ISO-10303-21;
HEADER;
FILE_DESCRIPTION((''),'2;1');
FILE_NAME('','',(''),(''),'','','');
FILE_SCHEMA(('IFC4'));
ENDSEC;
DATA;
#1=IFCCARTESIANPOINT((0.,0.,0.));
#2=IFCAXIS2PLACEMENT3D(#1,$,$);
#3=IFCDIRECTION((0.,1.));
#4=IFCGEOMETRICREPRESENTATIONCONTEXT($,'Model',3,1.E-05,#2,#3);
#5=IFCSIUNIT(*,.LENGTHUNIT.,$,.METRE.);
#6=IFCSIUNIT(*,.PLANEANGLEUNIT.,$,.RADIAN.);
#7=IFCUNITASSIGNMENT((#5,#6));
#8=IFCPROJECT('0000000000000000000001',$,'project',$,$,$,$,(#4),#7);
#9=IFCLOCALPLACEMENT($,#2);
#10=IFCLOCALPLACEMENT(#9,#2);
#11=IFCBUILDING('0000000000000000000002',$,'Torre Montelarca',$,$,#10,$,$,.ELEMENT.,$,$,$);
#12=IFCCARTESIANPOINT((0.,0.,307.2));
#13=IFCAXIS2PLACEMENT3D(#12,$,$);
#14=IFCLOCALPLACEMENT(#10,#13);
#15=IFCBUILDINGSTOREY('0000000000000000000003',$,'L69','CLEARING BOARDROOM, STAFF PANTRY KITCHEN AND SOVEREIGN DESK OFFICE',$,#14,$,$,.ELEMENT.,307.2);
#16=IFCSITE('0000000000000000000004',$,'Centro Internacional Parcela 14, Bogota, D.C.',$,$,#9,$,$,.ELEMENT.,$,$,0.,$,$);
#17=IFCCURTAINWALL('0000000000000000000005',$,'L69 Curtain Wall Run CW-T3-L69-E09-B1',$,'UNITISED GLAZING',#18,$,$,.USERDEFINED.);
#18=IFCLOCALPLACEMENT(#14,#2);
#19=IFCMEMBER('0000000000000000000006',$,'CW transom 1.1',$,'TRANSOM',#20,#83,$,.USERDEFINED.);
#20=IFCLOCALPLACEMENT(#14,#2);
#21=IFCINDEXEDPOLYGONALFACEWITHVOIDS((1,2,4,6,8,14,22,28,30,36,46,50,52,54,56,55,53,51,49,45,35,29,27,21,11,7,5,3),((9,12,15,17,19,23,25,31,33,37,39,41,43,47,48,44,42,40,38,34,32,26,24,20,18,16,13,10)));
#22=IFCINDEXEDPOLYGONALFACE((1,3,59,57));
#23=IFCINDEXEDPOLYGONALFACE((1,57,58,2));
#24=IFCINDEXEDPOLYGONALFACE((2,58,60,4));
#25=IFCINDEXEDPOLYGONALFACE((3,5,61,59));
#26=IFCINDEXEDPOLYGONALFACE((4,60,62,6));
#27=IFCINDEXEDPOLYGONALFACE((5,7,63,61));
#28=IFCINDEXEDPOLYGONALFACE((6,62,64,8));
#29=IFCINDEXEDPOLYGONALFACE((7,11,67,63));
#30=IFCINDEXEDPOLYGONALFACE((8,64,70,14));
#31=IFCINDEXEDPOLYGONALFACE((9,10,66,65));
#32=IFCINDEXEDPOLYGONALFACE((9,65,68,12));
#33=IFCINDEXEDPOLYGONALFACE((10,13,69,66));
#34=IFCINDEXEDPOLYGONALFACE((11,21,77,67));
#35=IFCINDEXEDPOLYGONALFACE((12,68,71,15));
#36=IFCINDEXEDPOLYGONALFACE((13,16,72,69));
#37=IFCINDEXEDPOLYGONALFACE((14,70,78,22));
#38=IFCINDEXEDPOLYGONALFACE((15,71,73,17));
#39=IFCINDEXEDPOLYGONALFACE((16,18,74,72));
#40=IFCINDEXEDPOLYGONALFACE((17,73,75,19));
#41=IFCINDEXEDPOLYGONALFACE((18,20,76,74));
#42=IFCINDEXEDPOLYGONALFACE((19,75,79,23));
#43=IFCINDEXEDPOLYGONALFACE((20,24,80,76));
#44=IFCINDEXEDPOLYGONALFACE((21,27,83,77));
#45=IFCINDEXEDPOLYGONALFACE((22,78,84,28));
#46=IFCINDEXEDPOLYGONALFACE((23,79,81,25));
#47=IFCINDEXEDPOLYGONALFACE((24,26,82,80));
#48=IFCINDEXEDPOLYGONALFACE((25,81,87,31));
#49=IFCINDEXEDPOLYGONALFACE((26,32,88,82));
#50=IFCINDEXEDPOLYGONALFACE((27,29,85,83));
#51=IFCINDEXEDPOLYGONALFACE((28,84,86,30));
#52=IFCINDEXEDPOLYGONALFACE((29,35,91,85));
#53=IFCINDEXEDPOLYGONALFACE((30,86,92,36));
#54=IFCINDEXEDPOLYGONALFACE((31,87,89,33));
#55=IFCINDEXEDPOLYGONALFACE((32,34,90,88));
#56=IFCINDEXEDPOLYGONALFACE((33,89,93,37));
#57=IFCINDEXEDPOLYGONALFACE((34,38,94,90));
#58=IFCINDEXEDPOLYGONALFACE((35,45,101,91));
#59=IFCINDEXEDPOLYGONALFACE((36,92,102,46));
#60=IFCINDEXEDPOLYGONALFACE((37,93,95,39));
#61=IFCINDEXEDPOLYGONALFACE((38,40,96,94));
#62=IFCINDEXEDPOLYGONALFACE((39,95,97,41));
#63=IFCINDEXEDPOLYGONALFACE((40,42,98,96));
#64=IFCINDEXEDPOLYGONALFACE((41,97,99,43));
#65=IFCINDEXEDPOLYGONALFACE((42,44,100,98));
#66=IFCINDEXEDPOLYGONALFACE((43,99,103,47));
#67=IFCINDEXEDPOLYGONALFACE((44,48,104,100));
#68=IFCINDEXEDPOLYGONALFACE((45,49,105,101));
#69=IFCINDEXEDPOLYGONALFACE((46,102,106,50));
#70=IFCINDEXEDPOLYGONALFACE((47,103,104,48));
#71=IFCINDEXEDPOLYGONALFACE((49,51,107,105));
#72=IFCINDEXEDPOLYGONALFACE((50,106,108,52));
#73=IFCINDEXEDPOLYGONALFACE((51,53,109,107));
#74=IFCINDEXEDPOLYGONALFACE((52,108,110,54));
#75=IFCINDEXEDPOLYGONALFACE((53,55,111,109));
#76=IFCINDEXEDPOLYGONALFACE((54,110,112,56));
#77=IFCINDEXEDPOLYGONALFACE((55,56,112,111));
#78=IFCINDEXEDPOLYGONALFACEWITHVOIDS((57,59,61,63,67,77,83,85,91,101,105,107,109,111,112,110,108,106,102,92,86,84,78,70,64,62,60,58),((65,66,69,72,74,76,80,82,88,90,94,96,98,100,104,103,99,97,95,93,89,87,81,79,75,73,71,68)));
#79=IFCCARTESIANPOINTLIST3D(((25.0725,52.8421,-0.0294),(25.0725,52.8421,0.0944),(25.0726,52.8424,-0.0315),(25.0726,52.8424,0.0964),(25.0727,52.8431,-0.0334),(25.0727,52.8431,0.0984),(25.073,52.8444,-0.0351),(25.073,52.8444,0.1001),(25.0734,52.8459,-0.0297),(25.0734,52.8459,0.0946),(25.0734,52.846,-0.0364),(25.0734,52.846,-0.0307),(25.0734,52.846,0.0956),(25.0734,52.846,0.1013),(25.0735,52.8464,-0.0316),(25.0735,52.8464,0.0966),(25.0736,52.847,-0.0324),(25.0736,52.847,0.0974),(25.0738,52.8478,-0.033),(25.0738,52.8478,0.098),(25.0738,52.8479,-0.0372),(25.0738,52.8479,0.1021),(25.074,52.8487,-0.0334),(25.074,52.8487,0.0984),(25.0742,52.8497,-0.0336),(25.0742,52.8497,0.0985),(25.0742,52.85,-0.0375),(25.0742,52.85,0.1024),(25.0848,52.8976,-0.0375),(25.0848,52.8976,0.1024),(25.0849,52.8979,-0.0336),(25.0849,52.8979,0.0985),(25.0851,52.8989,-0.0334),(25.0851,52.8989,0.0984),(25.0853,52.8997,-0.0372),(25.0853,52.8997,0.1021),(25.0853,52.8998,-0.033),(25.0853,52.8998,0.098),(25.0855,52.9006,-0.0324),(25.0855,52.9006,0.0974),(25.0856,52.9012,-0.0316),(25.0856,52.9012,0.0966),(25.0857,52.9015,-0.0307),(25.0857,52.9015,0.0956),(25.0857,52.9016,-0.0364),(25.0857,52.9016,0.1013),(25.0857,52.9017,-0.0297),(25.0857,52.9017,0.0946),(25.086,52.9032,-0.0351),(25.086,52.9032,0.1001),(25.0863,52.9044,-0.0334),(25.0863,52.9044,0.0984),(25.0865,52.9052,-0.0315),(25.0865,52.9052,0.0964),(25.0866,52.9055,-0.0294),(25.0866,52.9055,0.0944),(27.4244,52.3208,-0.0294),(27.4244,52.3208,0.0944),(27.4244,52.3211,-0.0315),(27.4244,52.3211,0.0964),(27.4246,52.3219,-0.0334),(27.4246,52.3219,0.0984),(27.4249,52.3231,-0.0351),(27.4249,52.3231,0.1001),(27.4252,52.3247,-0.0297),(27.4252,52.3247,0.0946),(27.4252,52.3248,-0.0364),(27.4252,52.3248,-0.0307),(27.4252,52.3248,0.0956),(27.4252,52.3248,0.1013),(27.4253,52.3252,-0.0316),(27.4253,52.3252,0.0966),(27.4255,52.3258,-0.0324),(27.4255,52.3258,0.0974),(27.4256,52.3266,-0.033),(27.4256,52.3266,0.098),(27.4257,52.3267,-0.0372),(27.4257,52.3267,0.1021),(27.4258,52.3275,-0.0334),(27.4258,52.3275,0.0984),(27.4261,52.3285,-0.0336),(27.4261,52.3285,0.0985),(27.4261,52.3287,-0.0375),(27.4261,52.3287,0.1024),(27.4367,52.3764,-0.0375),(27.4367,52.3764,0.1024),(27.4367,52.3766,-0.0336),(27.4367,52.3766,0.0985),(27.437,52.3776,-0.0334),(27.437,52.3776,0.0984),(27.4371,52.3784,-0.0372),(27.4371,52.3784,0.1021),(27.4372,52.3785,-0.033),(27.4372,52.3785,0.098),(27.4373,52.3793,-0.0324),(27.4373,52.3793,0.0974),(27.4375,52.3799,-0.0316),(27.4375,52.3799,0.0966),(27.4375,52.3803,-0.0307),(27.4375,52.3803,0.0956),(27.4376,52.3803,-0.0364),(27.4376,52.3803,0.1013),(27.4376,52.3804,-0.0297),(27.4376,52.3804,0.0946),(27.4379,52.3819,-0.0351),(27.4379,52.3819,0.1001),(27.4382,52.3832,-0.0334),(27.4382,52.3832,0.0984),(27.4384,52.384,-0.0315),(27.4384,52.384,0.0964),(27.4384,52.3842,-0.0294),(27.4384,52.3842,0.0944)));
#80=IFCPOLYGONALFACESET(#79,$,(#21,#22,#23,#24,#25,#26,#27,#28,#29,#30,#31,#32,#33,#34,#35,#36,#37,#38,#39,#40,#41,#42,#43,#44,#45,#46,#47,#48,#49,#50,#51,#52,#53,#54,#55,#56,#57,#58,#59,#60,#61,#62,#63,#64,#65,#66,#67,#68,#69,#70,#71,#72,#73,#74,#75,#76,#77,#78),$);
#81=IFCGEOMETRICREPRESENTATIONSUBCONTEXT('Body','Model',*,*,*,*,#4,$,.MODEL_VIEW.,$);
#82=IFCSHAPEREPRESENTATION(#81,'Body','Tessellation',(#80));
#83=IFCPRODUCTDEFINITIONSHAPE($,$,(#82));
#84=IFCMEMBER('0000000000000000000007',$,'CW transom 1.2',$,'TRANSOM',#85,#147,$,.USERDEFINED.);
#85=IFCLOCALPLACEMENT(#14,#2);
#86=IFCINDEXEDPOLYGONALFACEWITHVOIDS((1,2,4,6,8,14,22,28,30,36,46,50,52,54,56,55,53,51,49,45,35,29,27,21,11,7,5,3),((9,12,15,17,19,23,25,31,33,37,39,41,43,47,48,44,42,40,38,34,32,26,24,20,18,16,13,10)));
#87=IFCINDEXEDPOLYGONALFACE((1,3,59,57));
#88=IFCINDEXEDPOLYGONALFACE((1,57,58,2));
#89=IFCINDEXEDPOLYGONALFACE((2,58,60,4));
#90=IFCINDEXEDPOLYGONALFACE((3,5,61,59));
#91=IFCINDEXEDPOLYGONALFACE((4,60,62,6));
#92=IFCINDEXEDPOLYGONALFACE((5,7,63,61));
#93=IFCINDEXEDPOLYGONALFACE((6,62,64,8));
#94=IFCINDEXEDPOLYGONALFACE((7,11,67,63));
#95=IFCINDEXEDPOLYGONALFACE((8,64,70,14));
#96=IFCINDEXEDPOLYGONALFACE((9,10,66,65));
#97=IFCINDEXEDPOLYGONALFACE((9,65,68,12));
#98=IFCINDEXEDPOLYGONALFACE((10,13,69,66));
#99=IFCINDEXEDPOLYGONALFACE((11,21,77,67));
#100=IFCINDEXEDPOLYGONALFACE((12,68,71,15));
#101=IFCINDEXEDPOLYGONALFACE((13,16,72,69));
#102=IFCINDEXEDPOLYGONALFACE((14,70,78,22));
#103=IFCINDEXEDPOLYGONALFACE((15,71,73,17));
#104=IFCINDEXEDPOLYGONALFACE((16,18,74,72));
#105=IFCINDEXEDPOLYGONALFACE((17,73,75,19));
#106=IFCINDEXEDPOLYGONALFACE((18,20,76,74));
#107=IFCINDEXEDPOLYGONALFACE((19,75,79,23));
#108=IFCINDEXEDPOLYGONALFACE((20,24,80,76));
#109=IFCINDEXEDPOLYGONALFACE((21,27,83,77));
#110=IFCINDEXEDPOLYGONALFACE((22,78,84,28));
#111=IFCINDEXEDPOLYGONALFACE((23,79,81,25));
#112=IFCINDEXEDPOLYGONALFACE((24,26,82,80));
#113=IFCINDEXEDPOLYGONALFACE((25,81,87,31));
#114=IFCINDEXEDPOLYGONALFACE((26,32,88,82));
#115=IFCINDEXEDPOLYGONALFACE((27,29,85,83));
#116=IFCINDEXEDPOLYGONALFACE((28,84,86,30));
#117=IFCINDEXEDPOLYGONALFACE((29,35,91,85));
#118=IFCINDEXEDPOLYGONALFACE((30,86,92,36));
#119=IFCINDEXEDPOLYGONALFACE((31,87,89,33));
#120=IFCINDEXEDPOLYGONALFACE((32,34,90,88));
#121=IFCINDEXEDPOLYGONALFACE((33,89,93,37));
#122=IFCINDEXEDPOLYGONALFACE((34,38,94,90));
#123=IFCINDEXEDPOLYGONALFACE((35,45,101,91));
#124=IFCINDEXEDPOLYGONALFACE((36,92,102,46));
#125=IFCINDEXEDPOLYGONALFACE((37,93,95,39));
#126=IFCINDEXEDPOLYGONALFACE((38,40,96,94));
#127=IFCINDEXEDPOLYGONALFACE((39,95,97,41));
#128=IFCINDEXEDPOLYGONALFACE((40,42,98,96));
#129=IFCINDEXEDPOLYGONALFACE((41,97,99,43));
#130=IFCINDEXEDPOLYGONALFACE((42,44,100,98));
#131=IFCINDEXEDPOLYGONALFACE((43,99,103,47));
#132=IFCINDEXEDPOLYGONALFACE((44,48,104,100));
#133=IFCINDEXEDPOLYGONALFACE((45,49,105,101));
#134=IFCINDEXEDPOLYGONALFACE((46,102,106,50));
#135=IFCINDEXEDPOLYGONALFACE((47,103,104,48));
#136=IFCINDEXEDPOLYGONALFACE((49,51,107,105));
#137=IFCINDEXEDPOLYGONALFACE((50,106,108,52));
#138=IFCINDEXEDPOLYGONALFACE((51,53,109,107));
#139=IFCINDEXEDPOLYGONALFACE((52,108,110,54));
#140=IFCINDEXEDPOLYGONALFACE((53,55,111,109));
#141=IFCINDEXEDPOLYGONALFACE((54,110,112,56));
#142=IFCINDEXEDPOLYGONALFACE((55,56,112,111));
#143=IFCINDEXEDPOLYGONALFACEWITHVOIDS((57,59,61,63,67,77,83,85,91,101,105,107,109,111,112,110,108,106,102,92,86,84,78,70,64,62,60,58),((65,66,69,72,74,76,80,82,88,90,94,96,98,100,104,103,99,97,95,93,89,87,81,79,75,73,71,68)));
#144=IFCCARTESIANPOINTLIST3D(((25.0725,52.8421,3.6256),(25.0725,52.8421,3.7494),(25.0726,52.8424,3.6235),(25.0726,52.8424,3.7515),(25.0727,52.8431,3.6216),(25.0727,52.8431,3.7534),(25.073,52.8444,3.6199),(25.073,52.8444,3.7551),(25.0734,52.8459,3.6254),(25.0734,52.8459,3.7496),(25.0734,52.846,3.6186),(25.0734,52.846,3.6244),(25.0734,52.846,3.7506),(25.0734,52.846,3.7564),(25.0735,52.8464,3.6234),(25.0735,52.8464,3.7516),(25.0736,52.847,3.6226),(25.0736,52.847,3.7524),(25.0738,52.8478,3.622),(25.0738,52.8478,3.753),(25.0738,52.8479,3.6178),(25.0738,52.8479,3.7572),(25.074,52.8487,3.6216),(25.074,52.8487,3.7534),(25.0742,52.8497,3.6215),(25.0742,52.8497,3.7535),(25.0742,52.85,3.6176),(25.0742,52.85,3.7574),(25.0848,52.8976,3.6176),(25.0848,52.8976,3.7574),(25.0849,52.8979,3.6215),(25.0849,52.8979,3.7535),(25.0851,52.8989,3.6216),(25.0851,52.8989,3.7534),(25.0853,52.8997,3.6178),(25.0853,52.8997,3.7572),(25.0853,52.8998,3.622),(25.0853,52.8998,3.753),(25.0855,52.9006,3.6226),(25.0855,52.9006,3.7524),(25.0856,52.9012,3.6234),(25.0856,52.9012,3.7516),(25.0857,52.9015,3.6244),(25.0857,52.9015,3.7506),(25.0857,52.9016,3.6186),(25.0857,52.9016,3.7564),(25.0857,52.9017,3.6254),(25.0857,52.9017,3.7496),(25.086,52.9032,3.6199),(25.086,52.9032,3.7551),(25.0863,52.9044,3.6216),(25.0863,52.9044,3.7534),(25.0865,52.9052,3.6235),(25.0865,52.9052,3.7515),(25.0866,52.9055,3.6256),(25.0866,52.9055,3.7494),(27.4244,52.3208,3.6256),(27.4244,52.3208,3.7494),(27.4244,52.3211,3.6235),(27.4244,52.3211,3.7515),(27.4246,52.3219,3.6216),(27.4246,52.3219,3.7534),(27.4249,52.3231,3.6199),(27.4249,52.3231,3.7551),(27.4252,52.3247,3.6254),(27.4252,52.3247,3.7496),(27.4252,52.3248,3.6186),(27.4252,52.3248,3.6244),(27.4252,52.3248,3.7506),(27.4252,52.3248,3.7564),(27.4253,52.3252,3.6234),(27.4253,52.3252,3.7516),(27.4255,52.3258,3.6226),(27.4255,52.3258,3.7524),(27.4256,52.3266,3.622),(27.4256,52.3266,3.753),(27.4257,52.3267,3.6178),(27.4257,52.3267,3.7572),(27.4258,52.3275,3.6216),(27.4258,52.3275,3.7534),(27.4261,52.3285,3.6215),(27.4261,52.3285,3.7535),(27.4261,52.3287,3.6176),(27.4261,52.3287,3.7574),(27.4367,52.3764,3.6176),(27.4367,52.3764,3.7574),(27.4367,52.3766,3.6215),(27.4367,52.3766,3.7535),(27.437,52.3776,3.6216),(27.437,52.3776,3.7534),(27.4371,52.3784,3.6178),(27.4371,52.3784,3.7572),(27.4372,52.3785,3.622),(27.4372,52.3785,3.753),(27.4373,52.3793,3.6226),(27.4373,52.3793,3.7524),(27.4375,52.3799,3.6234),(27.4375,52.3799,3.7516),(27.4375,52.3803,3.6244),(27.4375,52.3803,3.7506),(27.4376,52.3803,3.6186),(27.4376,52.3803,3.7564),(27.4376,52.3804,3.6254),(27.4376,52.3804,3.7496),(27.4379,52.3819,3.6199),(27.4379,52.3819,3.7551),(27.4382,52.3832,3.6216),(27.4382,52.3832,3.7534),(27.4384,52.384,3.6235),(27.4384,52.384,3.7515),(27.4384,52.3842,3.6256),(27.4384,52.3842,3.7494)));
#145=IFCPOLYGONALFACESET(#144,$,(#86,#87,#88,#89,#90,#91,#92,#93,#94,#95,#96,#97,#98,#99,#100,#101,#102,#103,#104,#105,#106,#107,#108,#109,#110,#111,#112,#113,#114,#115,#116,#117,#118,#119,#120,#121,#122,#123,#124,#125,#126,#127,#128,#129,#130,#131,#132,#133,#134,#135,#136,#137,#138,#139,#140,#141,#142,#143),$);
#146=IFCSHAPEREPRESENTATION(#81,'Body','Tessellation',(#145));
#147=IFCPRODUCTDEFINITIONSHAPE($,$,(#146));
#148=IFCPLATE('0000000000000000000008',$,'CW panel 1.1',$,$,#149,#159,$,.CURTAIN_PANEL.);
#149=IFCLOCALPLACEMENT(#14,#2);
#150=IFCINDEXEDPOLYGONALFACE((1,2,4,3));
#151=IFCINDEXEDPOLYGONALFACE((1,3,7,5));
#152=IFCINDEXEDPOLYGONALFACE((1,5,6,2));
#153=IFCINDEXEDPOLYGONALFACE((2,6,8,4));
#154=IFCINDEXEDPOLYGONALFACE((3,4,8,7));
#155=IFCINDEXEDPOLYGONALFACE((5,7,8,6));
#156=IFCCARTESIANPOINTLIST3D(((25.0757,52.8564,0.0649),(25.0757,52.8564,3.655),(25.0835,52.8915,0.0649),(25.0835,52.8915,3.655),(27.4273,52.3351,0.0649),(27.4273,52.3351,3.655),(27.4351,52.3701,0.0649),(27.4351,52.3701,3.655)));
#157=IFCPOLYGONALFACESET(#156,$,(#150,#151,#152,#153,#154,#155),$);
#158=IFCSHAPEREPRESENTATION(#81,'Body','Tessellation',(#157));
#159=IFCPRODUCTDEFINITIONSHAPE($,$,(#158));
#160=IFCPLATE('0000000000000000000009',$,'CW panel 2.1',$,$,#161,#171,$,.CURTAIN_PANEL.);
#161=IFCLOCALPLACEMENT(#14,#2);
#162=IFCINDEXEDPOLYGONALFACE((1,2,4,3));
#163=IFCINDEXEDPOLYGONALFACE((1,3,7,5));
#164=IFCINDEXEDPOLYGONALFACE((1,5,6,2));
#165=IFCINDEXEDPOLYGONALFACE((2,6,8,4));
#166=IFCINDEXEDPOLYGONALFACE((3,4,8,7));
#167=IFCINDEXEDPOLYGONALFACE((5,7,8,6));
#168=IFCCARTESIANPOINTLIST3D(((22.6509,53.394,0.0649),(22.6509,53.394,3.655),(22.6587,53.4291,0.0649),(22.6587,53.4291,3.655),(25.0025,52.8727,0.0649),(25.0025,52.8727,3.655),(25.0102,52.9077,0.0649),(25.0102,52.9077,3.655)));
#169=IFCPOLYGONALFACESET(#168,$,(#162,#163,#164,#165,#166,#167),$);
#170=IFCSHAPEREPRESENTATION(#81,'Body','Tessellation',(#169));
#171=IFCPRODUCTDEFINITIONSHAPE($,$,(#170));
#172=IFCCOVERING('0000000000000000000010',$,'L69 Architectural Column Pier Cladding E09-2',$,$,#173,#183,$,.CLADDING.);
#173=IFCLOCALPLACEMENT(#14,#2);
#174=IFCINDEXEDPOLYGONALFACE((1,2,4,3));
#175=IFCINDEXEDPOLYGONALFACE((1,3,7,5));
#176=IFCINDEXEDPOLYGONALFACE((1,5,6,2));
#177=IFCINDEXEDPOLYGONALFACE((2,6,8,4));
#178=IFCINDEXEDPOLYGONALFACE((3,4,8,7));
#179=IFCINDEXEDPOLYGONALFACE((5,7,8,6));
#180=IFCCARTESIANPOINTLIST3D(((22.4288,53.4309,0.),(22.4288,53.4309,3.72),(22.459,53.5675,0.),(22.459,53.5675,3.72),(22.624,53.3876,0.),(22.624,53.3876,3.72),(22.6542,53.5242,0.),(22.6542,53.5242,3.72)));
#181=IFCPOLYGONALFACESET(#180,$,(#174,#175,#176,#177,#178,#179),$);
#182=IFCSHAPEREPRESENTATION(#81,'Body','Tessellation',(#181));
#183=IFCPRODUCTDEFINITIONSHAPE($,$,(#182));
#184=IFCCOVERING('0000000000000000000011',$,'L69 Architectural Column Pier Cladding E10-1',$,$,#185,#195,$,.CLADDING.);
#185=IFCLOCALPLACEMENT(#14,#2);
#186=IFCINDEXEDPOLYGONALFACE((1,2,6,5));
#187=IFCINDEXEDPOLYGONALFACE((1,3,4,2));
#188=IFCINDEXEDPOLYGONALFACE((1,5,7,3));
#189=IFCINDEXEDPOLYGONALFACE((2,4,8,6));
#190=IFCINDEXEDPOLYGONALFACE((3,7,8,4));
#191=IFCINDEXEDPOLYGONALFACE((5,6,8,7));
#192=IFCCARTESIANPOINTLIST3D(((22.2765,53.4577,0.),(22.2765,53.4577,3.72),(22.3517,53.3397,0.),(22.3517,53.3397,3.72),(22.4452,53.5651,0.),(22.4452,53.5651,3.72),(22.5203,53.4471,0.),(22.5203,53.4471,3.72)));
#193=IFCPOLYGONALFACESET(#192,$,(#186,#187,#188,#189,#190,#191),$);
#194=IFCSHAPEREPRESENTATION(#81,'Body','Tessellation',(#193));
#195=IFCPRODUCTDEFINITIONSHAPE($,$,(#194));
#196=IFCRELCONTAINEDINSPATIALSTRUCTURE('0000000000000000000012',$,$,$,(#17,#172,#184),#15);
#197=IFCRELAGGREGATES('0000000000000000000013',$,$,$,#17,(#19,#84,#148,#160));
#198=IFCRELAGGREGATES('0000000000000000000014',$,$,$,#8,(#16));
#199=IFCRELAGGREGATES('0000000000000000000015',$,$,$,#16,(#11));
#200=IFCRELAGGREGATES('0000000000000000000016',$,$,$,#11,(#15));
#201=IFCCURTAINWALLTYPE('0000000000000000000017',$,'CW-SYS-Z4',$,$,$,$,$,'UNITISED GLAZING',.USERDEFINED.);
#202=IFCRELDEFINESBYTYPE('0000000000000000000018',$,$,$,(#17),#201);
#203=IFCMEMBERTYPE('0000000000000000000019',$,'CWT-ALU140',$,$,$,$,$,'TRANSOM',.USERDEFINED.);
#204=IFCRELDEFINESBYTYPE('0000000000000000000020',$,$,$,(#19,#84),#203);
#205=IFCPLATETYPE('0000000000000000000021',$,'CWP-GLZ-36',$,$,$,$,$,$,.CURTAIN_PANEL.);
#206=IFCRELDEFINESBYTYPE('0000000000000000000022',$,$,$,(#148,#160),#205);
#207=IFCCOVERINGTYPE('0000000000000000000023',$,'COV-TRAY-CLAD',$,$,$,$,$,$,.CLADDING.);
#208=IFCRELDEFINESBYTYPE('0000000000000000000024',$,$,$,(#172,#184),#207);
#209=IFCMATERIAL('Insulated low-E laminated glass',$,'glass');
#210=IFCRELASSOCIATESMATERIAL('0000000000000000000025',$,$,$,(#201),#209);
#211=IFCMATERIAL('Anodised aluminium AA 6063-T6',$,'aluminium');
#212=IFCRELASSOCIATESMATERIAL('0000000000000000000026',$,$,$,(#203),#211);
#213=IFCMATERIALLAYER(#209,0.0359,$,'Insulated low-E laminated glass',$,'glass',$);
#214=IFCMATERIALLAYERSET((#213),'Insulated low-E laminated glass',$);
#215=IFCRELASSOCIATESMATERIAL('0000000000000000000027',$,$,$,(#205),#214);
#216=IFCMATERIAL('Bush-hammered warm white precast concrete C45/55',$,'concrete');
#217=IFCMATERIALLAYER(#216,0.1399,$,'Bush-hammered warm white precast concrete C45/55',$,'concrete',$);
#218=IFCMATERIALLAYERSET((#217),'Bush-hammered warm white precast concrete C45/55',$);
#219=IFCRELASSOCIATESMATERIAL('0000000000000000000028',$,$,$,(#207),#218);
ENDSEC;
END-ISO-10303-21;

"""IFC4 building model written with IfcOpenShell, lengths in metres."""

from ifc_helpers import new_model, si_unit, direction, frame, origin, origin_2d, place, context, subcontext, project, spatial, rectangle, hollow_rectangle, extrude, source, transform, mapped, material, layer, layer_set, material_profile, profile_set, type_object, element, aggregate, save


model = new_model("IFC4")

# Units and contexts
model_context = context("Model", 3, precision=1e-05, world=origin(), true_north=direction((0.0, 1.0)))
body_context = subcontext(model_context, "Body", "Model", "MODEL_VIEW")
ifc_project = project(units=[si_unit("LENGTHUNIT", "METRE"), si_unit("PLANEANGLEUNIT", "RADIAN")], contexts=[model_context])

# Site, building, storey
site_placement = place(None, origin())
site = spatial("IfcSite", under=ifc_project, at=site_placement, Name="Centro Internacional Parcela 14, Bogota, D.C.", CompositionType="ELEMENT", RefElevation=0.0)
building_placement = place(site_placement, origin())
building = spatial("IfcBuilding", under=site, at=building_placement, Name="Torre Montelarca", CompositionType="ELEMENT")
storey_placement = place(building_placement, frame((0.0, 0.0, 307.2)))
storey = spatial("IfcBuildingStorey", under=building, at=storey_placement, Name="L69", Description="CLEARING BOARDROOM, STAFF PANTRY KITCHEN AND SOVEREIGN DESK OFFICE", CompositionType="ELEMENT", Elevation=307.2)

# Curtain wall
ifc_material_1 = material(Name="Insulated low-E laminated glass", Category="glass")
curtain_wall_type = type_object("IfcCurtainWallType", Name="CW-SYS-Z4", ElementType="UNITISED GLAZING", PredefinedType="USERDEFINED", material=ifc_material_1)
curtain_wall_1_placement = place(storey_placement, origin())
curtain_wall_1 = element("IfcCurtainWall", 1, at=curtain_wall_1_placement, inside=storey, type_object=curtain_wall_type, Name="L69 Curtain Wall Run CW-T3-L69-E09-B1", ObjectType="UNITISED GLAZING", PredefinedType="USERDEFINED")
ifc_material_2 = material(Name="Anodised aluminium AA 6063-T6", Category="aluminium")

# Members
ifc_material_profile_1 = material_profile(ifc_material_2, hollow_rectangle(XDim=0.0649, YDim=0.1399, WallThickness=0.0039, InnerFilletRadius=0.0039, OuterFilletRadius=0.0081, at=origin_2d()), Name="ALU65X140X4", Category="aluminium")
ifc_profile_set_1 = profile_set([ifc_material_profile_1], Name="Anodised aluminium AA 6063-T6")
member_type_1 = type_object("IfcMemberType", Name="CWT-ALU140", ElementType="TRANSOM", PredefinedType="USERDEFINED", material=ifc_profile_set_1)
shared_shape_1 = source(origin(), body_context, "Body", "SweptSolid", [
    extrude(hollow_rectangle(XDim=0.0649, YDim=0.1399, WallThickness=0.0039, InnerFilletRadius=0.0039, OuterFilletRadius=0.0081, at=origin_2d()), origin(), (0.0, 0.0, 1.0), 2.4089),
])
member_1_placement = place(storey_placement, frame((27.4314, 52.3525, 0.0325), z_axis=(-0.976309, 0.216383, 0.0), x_axis=(-0.216383, -0.976309, 0.0)))
member_1 = element("IfcMember", 2, at=member_1_placement, type_object=member_type_1, Name="CW transom 1.1", ObjectType="TRANSOM", PredefinedType="USERDEFINED", context=body_context, shape_type="MappedRepresentation", body=[
    mapped(shared_shape_1, transform((0.0, 0.0, 0.0), scale=1.0)),
])
member_2_placement = place(storey_placement, frame((27.4314, 52.3525, 3.6875), z_axis=(-0.976309, 0.216383, 0.0), x_axis=(-0.216383, -0.976309, 0.0)))
member_2 = element("IfcMember", 3, at=member_2_placement, type_object=member_type_1, Name="CW transom 1.2", ObjectType="TRANSOM", PredefinedType="USERDEFINED", context=body_context, shape_type="MappedRepresentation", body=[
    mapped(shared_shape_1, transform((0.0, 0.0, 0.0), scale=1.0)),
])

# Plates
ifc_layer_1 = layer(ifc_material_1, 0.0359, Name="Insulated low-E laminated glass", Category="glass")
ifc_layer_set_1 = layer_set([ifc_layer_1], Name="Insulated low-E laminated glass")
plate_type = type_object("IfcPlateType", Name="CWP-GLZ-36", PredefinedType="CURTAIN_PANEL", material=ifc_layer_set_1)
shared_shape_2 = source(origin(), body_context, "Body", "SweptSolid", [
    extrude(rectangle(XDim=2.4087, YDim=0.0359, at=origin_2d()), origin(), (0.0, 0.0, 1.0), 3.5901),
])
plate_1_placement = place(storey_placement, frame((26.2554, 52.6133, 0.0649), z_axis=(0.0, 0.0, 1.0), x_axis=(-0.976295, 0.216443, 0.0)))
plate_1 = element("IfcPlate", 4, at=plate_1_placement, type_object=plate_type, Name="CW panel 1.1", PredefinedType="CURTAIN_PANEL", context=body_context, shape_type="MappedRepresentation", body=[
    mapped(shared_shape_2, transform((0.0, 0.0, 0.0), scale=1.0)),
])
plate_2_placement = place(storey_placement, frame((23.8306, 53.1509, 0.0649), z_axis=(0.0, 0.0, 1.0), x_axis=(-0.976295, 0.216443, 0.0)))
plate_2 = element("IfcPlate", 5, at=plate_2_placement, type_object=plate_type, Name="CW panel 2.1", PredefinedType="CURTAIN_PANEL", context=body_context, shape_type="MappedRepresentation", body=[
    mapped(shared_shape_2, transform((0.0, 0.0, 0.0), scale=1.0)),
])
aggregate(curtain_wall_1, [member_1, member_2, plate_1, plate_2])

# Coverings
ifc_material_3 = material(Name="Bush-hammered warm white precast concrete C45/55", Category="concrete")
ifc_layer_2 = layer(ifc_material_3, 0.1399, Name="Bush-hammered warm white precast concrete C45/55", Category="concrete")
ifc_layer_set_2 = layer_set([ifc_layer_2], Name="Bush-hammered warm white precast concrete C45/55")
covering_type = type_object("IfcCoveringType", Name="COV-TRAY-CLAD", PredefinedType="CLADDING", material=ifc_layer_set_2)
shared_shape_3 = source(origin(), body_context, "Body", "SweptSolid", [
    extrude(rectangle(XDim=0.2, YDim=0.1399, at=origin_2d()), origin(), (0.0, 0.0, 1.0), 3.72),
])
for number, where, z_axis, x_axis, name in (
    (6, (22.5415, 53.4775, 0.0), (0.0, 0.0, 1.0), (-0.976298, 0.216429, 0.0), "L69 Architectural Column Pier Cladding E09-2"),
    (7, (22.3984, 53.4524, 0.0), (0.0, 0.0, 1.0), (-0.843391, -0.537301, 0.0), "L69 Architectural Column Pier Cladding E10-1"),
):
    element("IfcCovering", number, at=place(storey_placement, frame(where, z_axis=z_axis, x_axis=x_axis)), inside=storey, type_object=covering_type, Name=name, PredefinedType="CLADDING", context=body_context, shape_type="MappedRepresentation", body=[
        mapped(shared_shape_3, transform((0.0, 0.0, 0.0), scale=1.0)),
    ])

save(model, "model.ifc")
